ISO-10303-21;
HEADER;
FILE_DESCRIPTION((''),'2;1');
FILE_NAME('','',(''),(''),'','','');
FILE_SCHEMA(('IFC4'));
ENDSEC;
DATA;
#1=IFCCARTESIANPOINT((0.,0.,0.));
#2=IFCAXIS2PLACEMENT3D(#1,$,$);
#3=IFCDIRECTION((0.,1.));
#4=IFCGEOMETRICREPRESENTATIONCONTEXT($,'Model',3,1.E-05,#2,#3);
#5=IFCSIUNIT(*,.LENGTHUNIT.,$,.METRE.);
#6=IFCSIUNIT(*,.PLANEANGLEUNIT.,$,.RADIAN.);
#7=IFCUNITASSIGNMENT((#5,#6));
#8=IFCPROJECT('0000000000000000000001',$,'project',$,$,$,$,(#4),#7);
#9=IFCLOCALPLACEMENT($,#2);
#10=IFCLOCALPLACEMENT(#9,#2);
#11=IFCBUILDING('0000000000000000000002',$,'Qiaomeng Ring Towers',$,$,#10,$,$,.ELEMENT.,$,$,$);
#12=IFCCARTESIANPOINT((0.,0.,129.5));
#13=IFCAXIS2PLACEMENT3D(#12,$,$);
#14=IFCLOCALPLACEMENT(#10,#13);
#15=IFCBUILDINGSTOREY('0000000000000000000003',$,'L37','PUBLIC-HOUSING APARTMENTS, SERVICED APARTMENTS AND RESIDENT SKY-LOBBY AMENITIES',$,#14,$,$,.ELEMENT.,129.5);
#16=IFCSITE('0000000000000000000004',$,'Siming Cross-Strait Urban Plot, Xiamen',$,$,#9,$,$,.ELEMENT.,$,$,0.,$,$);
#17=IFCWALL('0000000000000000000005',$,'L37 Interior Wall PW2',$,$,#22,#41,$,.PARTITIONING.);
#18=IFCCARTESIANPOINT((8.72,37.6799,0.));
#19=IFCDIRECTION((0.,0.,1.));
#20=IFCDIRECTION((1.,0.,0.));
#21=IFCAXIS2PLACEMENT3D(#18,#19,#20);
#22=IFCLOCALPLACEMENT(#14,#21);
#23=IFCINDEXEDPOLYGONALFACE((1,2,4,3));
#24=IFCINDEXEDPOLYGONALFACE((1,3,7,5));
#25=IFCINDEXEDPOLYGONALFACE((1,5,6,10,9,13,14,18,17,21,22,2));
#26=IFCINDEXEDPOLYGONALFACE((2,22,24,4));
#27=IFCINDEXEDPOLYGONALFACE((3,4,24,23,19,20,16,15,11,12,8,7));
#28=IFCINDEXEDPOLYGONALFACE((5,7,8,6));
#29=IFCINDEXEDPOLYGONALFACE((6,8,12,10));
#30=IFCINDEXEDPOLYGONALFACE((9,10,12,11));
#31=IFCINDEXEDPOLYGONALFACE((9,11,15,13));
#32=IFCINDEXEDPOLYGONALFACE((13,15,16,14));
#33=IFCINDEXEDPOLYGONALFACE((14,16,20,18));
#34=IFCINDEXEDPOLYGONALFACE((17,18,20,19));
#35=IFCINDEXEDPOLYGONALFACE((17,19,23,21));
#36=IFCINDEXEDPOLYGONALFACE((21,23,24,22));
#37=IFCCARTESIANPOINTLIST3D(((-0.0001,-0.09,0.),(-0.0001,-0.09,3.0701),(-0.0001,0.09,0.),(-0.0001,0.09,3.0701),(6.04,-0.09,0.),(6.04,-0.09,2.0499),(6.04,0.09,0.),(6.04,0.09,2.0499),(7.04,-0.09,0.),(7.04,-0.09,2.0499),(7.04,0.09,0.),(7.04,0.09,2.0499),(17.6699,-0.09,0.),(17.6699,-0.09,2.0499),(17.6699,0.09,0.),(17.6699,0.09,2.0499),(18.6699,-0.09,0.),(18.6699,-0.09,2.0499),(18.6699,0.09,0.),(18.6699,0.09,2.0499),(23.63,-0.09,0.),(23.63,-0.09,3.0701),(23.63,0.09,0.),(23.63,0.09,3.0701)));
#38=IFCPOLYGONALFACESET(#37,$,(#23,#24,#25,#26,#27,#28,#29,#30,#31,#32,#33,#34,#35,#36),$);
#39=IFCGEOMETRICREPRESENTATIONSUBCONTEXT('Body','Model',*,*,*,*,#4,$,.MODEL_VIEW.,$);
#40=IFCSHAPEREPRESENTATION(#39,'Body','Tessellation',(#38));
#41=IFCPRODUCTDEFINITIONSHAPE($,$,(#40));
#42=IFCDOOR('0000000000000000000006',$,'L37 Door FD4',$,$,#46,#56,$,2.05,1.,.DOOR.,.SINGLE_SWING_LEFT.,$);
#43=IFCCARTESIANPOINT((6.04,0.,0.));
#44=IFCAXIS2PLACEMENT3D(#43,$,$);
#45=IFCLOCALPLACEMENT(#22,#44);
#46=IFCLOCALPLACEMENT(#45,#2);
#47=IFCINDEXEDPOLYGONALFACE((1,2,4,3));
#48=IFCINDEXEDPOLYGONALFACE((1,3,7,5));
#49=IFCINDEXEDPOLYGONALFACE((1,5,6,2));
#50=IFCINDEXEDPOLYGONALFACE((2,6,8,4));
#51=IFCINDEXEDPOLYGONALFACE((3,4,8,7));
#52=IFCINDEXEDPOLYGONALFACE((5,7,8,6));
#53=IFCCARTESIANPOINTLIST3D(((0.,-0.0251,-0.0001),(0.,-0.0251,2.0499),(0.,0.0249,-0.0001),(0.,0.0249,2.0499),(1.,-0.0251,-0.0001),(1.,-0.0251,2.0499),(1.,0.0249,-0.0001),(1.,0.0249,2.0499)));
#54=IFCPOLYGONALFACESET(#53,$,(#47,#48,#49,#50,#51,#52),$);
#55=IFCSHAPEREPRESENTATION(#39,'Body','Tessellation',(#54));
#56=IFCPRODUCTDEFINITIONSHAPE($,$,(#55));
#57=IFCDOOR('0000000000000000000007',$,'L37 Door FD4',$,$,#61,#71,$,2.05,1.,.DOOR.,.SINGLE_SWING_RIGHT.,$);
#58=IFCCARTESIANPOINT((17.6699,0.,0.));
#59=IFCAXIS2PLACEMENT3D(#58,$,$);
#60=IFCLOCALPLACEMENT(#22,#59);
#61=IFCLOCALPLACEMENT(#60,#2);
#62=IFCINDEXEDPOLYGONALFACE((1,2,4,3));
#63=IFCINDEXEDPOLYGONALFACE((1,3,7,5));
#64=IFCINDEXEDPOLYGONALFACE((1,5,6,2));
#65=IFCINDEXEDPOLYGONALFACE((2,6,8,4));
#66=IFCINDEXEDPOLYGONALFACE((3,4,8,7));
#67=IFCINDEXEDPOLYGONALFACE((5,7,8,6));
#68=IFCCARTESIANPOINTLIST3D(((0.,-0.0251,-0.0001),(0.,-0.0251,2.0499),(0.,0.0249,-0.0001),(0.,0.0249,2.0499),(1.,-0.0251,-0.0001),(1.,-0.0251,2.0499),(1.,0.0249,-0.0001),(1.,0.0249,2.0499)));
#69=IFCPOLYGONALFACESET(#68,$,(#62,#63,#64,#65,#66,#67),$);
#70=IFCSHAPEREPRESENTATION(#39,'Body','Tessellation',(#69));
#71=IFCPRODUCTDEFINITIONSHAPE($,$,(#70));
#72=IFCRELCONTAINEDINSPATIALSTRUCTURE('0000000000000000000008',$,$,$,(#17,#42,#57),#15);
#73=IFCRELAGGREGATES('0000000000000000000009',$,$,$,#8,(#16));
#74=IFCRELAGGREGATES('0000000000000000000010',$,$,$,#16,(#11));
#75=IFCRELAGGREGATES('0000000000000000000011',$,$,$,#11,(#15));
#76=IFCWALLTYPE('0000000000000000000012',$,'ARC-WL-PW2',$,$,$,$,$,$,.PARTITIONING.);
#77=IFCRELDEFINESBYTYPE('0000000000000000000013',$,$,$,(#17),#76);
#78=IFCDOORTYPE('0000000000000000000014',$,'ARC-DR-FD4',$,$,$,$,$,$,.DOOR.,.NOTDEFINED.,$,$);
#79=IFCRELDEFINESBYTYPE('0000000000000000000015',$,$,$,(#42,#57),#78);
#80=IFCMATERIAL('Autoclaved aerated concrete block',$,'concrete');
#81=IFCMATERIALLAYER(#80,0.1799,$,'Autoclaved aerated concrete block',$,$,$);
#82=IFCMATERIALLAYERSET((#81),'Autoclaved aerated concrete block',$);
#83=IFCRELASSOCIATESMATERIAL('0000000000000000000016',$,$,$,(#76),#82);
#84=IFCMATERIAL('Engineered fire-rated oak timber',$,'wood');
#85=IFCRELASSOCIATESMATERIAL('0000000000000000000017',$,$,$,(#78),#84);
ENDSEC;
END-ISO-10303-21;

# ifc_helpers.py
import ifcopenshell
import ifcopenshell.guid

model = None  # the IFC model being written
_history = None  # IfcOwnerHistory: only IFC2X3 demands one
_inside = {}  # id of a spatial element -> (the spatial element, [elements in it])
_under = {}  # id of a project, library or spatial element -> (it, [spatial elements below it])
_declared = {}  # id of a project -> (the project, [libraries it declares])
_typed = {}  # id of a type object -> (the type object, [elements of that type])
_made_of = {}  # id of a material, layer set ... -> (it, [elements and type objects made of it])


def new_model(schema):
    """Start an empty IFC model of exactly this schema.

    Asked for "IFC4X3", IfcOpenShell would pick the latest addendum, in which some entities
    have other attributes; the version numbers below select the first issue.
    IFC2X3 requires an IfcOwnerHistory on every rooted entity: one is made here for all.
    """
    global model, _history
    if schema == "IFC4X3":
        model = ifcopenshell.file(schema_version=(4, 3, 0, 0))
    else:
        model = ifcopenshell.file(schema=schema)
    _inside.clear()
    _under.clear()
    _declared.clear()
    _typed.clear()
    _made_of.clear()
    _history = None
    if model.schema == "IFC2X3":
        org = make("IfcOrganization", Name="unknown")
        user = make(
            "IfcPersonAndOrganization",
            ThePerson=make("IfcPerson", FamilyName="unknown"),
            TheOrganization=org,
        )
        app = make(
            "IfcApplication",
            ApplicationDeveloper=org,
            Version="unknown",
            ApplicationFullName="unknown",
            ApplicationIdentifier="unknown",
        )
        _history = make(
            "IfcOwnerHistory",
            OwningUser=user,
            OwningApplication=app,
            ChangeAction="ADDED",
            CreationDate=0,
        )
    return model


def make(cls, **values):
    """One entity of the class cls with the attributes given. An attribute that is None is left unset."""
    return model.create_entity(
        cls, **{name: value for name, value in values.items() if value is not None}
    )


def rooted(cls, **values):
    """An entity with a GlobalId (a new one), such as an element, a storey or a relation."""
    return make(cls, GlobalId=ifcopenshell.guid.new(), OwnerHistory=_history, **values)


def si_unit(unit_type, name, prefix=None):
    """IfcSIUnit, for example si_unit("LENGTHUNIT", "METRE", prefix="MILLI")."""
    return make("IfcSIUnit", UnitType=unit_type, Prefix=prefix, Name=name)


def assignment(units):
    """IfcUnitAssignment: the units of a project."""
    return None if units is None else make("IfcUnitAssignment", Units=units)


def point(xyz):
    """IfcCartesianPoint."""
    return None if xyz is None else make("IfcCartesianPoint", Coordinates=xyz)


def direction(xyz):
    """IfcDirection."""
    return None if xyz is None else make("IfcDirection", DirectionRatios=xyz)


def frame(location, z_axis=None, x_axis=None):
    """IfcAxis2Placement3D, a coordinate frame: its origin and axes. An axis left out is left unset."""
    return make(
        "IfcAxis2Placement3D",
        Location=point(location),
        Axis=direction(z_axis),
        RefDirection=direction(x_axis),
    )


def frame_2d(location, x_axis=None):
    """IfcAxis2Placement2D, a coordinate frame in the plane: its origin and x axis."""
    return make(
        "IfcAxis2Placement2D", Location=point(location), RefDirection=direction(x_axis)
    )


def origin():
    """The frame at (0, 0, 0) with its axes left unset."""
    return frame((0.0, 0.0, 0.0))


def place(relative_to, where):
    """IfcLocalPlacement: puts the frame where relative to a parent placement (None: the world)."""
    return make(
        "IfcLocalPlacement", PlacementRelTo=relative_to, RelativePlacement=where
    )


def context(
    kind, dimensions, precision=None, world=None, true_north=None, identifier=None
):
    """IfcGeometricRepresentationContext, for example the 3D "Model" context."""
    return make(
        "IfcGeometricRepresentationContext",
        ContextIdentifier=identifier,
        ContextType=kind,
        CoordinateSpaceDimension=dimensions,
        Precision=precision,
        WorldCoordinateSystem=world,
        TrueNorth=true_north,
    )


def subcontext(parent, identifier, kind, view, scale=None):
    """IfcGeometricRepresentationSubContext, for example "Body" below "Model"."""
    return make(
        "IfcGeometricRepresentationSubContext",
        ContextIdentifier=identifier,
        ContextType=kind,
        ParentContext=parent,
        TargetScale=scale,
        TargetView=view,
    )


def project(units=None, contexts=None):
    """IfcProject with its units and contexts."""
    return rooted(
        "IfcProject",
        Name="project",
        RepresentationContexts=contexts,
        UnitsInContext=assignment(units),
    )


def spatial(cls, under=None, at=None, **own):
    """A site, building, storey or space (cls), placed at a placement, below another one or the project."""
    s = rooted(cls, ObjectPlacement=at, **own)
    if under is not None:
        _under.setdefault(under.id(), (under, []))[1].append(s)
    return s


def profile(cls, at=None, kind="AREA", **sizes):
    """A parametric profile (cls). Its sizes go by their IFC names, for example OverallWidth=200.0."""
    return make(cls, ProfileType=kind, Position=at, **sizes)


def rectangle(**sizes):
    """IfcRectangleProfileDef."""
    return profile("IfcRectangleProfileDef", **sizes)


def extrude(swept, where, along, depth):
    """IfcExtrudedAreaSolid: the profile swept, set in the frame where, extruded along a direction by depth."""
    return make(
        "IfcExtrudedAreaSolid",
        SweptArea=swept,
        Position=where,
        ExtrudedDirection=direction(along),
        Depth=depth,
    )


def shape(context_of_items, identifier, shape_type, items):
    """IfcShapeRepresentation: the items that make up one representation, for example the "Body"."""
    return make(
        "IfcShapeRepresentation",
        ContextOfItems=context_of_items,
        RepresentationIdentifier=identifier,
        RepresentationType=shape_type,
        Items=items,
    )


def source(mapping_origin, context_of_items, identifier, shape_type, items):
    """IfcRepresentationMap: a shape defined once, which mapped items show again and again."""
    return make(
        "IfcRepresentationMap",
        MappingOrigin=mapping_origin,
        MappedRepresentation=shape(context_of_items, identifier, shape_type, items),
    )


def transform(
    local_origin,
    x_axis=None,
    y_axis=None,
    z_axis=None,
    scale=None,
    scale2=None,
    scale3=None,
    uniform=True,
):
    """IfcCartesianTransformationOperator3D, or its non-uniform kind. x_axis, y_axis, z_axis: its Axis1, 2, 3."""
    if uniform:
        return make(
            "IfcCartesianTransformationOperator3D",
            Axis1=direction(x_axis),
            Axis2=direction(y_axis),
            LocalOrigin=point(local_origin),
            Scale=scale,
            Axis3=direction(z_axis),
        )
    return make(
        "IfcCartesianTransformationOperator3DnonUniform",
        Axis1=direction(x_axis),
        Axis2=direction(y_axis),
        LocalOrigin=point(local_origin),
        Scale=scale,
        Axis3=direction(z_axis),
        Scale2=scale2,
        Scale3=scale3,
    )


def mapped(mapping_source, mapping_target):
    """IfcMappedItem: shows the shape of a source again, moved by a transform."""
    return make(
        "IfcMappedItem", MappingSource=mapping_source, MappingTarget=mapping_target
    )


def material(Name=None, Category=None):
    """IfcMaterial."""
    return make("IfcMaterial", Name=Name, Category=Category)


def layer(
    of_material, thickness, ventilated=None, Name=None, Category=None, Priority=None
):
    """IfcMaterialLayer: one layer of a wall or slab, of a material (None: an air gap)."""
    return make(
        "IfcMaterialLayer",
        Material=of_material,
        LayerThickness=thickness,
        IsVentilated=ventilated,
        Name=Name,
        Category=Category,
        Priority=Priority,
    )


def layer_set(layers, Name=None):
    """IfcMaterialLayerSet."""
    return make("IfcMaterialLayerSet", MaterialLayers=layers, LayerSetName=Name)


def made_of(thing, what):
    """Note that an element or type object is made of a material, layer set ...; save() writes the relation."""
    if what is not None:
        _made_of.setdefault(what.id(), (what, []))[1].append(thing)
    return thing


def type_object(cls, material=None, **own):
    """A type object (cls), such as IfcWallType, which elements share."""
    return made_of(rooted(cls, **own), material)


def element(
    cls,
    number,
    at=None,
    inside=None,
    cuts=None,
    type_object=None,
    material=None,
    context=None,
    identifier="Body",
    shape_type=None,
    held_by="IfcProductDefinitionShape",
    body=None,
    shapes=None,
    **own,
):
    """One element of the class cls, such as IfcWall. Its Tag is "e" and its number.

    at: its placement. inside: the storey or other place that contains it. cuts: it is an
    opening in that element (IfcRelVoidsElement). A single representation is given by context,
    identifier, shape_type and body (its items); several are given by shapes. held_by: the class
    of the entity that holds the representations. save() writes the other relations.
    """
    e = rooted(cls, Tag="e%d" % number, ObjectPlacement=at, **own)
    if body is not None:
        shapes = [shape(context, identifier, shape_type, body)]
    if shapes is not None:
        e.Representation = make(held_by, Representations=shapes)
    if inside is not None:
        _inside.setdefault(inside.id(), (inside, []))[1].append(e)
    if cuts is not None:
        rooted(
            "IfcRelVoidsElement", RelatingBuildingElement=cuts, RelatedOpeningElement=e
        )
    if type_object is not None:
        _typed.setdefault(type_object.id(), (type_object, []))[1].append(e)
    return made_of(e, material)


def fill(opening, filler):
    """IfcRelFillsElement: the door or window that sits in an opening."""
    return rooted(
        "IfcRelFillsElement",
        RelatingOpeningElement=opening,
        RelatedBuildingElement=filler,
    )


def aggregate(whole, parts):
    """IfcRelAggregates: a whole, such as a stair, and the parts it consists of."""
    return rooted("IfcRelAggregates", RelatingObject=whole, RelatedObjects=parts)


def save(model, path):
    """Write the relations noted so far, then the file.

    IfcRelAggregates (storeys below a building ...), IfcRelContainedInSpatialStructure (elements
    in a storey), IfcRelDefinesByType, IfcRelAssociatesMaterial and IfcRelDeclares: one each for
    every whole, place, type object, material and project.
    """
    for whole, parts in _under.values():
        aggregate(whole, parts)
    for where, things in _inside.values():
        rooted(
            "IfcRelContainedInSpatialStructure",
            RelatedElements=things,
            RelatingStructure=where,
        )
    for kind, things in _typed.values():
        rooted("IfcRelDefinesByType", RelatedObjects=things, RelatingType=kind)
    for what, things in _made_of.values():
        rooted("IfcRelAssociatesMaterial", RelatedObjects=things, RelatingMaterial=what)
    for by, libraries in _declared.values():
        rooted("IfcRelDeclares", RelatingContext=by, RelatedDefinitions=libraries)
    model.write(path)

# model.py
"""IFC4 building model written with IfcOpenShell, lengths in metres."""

from ifc_helpers import new_model, si_unit, direction, frame, frame_2d, origin, place, context, subcontext, project, spatial, rectangle, extrude, source, transform, mapped, material, layer, layer_set, type_object, element, fill, save


model = new_model("IFC4")

# Units and contexts
model_context = context("Model", 3, precision=1e-05, world=origin(), true_north=direction((0.0, 1.0)))
body_context = subcontext(model_context, "Body", "Model", "MODEL_VIEW")
ifc_project = project(units=[si_unit("LENGTHUNIT", "METRE"), si_unit("PLANEANGLEUNIT", "RADIAN")], contexts=[model_context])

# Site, building, storey
site_placement = place(None, origin())
site = spatial("IfcSite", under=ifc_project, at=site_placement, Name="Siming Cross-Strait Urban Plot, Xiamen", CompositionType="ELEMENT", RefElevation=0.0)
building_placement = place(site_placement, origin())
building = spatial("IfcBuilding", under=site, at=building_placement, Name="Qiaomeng Ring Towers", CompositionType="ELEMENT")
storey_placement = place(building_placement, frame((0.0, 0.0, 129.5)))
storey = spatial("IfcBuildingStorey", under=building, at=storey_placement, Name="L37", Description="PUBLIC-HOUSING APARTMENTS, SERVICED APARTMENTS AND RESIDENT SKY-LOBBY AMENITIES", CompositionType="ELEMENT", Elevation=129.5)

# Wall, openings, doors
ifc_material_1 = material(Name="Autoclaved aerated concrete block", Category="concrete")
ifc_layer_1 = layer(ifc_material_1, 0.1799, Name="Autoclaved aerated concrete block")
ifc_layer_set_1 = layer_set([ifc_layer_1], Name="Autoclaved aerated concrete block")
wall_type_1 = type_object("IfcWallType", Name="ARC-WL-PW2", PredefinedType="PARTITIONING", material=ifc_layer_set_1)
wall_1_placement = place(storey_placement, frame((8.72, 37.6799, 0.0), z_axis=(0.0, 0.0, 1.0), x_axis=(1.0, 0.0, 0.0)))
wall_1 = element("IfcWall", 1, at=wall_1_placement, inside=storey, type_object=wall_type_1, Name="L37 Interior Wall PW2", PredefinedType="PARTITIONING", context=body_context, shape_type="SweptSolid", body=[
    extrude(rectangle(XDim=23.6301, YDim=0.1799, at=frame_2d((11.8149, 0.0))), origin(), (0.0, 0.0, 1.0), 3.0701),
])
opening_1_placement = place(wall_1_placement, frame((6.04, 0.0, 0.0)))
opening_1 = element("IfcOpeningElement", 2, at=opening_1_placement, cuts=wall_1, PredefinedType="OPENING", context=body_context, shape_type="SweptSolid", body=[
    extrude(rectangle(XDim=1.0, YDim=2.05, at=frame_2d((0.5, 1.0249))), frame((0.0, 0.0999, 0.0), z_axis=(0.0, -1.0, 0.0), x_axis=(1.0, 0.0, 0.0)), (0.0, 0.0, 1.0), 0.2),
])
opening_2_placement = place(wall_1_placement, frame((17.6699, 0.0, 0.0)))
opening_2 = element("IfcOpeningElement", 3, at=opening_2_placement, cuts=wall_1, PredefinedType="OPENING", context=body_context, shape_type="SweptSolid", body=[
    extrude(rectangle(XDim=1.0, YDim=2.05, at=frame_2d((0.5, 1.0249))), frame((0.0, 0.0999, 0.0), z_axis=(0.0, -1.0, 0.0), x_axis=(1.0, 0.0, 0.0)), (0.0, 0.0, 1.0), 0.2),
])
ifc_material_2 = material(Name="Engineered fire-rated oak timber", Category="wood")
door_type_1 = type_object("IfcDoorType", Name="ARC-DR-FD4", OperationType="NOTDEFINED", PredefinedType="DOOR", material=ifc_material_2)
shared_shape_1 = source(origin(), body_context, "Body", "SweptSolid", [
    extrude(rectangle(XDim=1.0, YDim=2.05, at=frame_2d((0.5, 1.0249))), frame((0.0, 0.0249, 0.0), z_axis=(0.0, -1.0, 0.0), x_axis=(1.0, 0.0, 0.0)), (0.0, 0.0, 1.0), 0.05),
])
door_1_placement = place(opening_1_placement, origin())
door_1 = element("IfcDoor", 4, at=door_1_placement, inside=storey, type_object=door_type_1, Name="L37 Door FD4", OperationType="SINGLE_SWING_LEFT", OverallHeight=2.05, OverallWidth=1.0, PredefinedType="DOOR", context=body_context, shape_type="MappedRepresentation", body=[
    mapped(shared_shape_1, transform((0.0, 0.0, 0.0), x_axis=(1.0, 0.0, 0.0), y_axis=(0.0, 1.0, 0.0), z_axis=(0.0, 0.0, 1.0), scale=1.0)),
])
fill(opening_1, door_1)
door_2_placement = place(opening_2_placement, origin())
door_2 = element("IfcDoor", 5, at=door_2_placement, inside=storey, type_object=door_type_1, Name="L37 Door FD4", OperationType="SINGLE_SWING_RIGHT", OverallHeight=2.05, OverallWidth=1.0, PredefinedType="DOOR", context=body_context, shape_type="MappedRepresentation", body=[
    mapped(shared_shape_1, transform((0.0, 0.0, 0.0), x_axis=(1.0, 0.0, 0.0), y_axis=(0.0, 1.0, 0.0), z_axis=(0.0, 0.0, 1.0), scale=1.0)),
])
fill(opening_2, door_2)

save(model, "model.ifc")
